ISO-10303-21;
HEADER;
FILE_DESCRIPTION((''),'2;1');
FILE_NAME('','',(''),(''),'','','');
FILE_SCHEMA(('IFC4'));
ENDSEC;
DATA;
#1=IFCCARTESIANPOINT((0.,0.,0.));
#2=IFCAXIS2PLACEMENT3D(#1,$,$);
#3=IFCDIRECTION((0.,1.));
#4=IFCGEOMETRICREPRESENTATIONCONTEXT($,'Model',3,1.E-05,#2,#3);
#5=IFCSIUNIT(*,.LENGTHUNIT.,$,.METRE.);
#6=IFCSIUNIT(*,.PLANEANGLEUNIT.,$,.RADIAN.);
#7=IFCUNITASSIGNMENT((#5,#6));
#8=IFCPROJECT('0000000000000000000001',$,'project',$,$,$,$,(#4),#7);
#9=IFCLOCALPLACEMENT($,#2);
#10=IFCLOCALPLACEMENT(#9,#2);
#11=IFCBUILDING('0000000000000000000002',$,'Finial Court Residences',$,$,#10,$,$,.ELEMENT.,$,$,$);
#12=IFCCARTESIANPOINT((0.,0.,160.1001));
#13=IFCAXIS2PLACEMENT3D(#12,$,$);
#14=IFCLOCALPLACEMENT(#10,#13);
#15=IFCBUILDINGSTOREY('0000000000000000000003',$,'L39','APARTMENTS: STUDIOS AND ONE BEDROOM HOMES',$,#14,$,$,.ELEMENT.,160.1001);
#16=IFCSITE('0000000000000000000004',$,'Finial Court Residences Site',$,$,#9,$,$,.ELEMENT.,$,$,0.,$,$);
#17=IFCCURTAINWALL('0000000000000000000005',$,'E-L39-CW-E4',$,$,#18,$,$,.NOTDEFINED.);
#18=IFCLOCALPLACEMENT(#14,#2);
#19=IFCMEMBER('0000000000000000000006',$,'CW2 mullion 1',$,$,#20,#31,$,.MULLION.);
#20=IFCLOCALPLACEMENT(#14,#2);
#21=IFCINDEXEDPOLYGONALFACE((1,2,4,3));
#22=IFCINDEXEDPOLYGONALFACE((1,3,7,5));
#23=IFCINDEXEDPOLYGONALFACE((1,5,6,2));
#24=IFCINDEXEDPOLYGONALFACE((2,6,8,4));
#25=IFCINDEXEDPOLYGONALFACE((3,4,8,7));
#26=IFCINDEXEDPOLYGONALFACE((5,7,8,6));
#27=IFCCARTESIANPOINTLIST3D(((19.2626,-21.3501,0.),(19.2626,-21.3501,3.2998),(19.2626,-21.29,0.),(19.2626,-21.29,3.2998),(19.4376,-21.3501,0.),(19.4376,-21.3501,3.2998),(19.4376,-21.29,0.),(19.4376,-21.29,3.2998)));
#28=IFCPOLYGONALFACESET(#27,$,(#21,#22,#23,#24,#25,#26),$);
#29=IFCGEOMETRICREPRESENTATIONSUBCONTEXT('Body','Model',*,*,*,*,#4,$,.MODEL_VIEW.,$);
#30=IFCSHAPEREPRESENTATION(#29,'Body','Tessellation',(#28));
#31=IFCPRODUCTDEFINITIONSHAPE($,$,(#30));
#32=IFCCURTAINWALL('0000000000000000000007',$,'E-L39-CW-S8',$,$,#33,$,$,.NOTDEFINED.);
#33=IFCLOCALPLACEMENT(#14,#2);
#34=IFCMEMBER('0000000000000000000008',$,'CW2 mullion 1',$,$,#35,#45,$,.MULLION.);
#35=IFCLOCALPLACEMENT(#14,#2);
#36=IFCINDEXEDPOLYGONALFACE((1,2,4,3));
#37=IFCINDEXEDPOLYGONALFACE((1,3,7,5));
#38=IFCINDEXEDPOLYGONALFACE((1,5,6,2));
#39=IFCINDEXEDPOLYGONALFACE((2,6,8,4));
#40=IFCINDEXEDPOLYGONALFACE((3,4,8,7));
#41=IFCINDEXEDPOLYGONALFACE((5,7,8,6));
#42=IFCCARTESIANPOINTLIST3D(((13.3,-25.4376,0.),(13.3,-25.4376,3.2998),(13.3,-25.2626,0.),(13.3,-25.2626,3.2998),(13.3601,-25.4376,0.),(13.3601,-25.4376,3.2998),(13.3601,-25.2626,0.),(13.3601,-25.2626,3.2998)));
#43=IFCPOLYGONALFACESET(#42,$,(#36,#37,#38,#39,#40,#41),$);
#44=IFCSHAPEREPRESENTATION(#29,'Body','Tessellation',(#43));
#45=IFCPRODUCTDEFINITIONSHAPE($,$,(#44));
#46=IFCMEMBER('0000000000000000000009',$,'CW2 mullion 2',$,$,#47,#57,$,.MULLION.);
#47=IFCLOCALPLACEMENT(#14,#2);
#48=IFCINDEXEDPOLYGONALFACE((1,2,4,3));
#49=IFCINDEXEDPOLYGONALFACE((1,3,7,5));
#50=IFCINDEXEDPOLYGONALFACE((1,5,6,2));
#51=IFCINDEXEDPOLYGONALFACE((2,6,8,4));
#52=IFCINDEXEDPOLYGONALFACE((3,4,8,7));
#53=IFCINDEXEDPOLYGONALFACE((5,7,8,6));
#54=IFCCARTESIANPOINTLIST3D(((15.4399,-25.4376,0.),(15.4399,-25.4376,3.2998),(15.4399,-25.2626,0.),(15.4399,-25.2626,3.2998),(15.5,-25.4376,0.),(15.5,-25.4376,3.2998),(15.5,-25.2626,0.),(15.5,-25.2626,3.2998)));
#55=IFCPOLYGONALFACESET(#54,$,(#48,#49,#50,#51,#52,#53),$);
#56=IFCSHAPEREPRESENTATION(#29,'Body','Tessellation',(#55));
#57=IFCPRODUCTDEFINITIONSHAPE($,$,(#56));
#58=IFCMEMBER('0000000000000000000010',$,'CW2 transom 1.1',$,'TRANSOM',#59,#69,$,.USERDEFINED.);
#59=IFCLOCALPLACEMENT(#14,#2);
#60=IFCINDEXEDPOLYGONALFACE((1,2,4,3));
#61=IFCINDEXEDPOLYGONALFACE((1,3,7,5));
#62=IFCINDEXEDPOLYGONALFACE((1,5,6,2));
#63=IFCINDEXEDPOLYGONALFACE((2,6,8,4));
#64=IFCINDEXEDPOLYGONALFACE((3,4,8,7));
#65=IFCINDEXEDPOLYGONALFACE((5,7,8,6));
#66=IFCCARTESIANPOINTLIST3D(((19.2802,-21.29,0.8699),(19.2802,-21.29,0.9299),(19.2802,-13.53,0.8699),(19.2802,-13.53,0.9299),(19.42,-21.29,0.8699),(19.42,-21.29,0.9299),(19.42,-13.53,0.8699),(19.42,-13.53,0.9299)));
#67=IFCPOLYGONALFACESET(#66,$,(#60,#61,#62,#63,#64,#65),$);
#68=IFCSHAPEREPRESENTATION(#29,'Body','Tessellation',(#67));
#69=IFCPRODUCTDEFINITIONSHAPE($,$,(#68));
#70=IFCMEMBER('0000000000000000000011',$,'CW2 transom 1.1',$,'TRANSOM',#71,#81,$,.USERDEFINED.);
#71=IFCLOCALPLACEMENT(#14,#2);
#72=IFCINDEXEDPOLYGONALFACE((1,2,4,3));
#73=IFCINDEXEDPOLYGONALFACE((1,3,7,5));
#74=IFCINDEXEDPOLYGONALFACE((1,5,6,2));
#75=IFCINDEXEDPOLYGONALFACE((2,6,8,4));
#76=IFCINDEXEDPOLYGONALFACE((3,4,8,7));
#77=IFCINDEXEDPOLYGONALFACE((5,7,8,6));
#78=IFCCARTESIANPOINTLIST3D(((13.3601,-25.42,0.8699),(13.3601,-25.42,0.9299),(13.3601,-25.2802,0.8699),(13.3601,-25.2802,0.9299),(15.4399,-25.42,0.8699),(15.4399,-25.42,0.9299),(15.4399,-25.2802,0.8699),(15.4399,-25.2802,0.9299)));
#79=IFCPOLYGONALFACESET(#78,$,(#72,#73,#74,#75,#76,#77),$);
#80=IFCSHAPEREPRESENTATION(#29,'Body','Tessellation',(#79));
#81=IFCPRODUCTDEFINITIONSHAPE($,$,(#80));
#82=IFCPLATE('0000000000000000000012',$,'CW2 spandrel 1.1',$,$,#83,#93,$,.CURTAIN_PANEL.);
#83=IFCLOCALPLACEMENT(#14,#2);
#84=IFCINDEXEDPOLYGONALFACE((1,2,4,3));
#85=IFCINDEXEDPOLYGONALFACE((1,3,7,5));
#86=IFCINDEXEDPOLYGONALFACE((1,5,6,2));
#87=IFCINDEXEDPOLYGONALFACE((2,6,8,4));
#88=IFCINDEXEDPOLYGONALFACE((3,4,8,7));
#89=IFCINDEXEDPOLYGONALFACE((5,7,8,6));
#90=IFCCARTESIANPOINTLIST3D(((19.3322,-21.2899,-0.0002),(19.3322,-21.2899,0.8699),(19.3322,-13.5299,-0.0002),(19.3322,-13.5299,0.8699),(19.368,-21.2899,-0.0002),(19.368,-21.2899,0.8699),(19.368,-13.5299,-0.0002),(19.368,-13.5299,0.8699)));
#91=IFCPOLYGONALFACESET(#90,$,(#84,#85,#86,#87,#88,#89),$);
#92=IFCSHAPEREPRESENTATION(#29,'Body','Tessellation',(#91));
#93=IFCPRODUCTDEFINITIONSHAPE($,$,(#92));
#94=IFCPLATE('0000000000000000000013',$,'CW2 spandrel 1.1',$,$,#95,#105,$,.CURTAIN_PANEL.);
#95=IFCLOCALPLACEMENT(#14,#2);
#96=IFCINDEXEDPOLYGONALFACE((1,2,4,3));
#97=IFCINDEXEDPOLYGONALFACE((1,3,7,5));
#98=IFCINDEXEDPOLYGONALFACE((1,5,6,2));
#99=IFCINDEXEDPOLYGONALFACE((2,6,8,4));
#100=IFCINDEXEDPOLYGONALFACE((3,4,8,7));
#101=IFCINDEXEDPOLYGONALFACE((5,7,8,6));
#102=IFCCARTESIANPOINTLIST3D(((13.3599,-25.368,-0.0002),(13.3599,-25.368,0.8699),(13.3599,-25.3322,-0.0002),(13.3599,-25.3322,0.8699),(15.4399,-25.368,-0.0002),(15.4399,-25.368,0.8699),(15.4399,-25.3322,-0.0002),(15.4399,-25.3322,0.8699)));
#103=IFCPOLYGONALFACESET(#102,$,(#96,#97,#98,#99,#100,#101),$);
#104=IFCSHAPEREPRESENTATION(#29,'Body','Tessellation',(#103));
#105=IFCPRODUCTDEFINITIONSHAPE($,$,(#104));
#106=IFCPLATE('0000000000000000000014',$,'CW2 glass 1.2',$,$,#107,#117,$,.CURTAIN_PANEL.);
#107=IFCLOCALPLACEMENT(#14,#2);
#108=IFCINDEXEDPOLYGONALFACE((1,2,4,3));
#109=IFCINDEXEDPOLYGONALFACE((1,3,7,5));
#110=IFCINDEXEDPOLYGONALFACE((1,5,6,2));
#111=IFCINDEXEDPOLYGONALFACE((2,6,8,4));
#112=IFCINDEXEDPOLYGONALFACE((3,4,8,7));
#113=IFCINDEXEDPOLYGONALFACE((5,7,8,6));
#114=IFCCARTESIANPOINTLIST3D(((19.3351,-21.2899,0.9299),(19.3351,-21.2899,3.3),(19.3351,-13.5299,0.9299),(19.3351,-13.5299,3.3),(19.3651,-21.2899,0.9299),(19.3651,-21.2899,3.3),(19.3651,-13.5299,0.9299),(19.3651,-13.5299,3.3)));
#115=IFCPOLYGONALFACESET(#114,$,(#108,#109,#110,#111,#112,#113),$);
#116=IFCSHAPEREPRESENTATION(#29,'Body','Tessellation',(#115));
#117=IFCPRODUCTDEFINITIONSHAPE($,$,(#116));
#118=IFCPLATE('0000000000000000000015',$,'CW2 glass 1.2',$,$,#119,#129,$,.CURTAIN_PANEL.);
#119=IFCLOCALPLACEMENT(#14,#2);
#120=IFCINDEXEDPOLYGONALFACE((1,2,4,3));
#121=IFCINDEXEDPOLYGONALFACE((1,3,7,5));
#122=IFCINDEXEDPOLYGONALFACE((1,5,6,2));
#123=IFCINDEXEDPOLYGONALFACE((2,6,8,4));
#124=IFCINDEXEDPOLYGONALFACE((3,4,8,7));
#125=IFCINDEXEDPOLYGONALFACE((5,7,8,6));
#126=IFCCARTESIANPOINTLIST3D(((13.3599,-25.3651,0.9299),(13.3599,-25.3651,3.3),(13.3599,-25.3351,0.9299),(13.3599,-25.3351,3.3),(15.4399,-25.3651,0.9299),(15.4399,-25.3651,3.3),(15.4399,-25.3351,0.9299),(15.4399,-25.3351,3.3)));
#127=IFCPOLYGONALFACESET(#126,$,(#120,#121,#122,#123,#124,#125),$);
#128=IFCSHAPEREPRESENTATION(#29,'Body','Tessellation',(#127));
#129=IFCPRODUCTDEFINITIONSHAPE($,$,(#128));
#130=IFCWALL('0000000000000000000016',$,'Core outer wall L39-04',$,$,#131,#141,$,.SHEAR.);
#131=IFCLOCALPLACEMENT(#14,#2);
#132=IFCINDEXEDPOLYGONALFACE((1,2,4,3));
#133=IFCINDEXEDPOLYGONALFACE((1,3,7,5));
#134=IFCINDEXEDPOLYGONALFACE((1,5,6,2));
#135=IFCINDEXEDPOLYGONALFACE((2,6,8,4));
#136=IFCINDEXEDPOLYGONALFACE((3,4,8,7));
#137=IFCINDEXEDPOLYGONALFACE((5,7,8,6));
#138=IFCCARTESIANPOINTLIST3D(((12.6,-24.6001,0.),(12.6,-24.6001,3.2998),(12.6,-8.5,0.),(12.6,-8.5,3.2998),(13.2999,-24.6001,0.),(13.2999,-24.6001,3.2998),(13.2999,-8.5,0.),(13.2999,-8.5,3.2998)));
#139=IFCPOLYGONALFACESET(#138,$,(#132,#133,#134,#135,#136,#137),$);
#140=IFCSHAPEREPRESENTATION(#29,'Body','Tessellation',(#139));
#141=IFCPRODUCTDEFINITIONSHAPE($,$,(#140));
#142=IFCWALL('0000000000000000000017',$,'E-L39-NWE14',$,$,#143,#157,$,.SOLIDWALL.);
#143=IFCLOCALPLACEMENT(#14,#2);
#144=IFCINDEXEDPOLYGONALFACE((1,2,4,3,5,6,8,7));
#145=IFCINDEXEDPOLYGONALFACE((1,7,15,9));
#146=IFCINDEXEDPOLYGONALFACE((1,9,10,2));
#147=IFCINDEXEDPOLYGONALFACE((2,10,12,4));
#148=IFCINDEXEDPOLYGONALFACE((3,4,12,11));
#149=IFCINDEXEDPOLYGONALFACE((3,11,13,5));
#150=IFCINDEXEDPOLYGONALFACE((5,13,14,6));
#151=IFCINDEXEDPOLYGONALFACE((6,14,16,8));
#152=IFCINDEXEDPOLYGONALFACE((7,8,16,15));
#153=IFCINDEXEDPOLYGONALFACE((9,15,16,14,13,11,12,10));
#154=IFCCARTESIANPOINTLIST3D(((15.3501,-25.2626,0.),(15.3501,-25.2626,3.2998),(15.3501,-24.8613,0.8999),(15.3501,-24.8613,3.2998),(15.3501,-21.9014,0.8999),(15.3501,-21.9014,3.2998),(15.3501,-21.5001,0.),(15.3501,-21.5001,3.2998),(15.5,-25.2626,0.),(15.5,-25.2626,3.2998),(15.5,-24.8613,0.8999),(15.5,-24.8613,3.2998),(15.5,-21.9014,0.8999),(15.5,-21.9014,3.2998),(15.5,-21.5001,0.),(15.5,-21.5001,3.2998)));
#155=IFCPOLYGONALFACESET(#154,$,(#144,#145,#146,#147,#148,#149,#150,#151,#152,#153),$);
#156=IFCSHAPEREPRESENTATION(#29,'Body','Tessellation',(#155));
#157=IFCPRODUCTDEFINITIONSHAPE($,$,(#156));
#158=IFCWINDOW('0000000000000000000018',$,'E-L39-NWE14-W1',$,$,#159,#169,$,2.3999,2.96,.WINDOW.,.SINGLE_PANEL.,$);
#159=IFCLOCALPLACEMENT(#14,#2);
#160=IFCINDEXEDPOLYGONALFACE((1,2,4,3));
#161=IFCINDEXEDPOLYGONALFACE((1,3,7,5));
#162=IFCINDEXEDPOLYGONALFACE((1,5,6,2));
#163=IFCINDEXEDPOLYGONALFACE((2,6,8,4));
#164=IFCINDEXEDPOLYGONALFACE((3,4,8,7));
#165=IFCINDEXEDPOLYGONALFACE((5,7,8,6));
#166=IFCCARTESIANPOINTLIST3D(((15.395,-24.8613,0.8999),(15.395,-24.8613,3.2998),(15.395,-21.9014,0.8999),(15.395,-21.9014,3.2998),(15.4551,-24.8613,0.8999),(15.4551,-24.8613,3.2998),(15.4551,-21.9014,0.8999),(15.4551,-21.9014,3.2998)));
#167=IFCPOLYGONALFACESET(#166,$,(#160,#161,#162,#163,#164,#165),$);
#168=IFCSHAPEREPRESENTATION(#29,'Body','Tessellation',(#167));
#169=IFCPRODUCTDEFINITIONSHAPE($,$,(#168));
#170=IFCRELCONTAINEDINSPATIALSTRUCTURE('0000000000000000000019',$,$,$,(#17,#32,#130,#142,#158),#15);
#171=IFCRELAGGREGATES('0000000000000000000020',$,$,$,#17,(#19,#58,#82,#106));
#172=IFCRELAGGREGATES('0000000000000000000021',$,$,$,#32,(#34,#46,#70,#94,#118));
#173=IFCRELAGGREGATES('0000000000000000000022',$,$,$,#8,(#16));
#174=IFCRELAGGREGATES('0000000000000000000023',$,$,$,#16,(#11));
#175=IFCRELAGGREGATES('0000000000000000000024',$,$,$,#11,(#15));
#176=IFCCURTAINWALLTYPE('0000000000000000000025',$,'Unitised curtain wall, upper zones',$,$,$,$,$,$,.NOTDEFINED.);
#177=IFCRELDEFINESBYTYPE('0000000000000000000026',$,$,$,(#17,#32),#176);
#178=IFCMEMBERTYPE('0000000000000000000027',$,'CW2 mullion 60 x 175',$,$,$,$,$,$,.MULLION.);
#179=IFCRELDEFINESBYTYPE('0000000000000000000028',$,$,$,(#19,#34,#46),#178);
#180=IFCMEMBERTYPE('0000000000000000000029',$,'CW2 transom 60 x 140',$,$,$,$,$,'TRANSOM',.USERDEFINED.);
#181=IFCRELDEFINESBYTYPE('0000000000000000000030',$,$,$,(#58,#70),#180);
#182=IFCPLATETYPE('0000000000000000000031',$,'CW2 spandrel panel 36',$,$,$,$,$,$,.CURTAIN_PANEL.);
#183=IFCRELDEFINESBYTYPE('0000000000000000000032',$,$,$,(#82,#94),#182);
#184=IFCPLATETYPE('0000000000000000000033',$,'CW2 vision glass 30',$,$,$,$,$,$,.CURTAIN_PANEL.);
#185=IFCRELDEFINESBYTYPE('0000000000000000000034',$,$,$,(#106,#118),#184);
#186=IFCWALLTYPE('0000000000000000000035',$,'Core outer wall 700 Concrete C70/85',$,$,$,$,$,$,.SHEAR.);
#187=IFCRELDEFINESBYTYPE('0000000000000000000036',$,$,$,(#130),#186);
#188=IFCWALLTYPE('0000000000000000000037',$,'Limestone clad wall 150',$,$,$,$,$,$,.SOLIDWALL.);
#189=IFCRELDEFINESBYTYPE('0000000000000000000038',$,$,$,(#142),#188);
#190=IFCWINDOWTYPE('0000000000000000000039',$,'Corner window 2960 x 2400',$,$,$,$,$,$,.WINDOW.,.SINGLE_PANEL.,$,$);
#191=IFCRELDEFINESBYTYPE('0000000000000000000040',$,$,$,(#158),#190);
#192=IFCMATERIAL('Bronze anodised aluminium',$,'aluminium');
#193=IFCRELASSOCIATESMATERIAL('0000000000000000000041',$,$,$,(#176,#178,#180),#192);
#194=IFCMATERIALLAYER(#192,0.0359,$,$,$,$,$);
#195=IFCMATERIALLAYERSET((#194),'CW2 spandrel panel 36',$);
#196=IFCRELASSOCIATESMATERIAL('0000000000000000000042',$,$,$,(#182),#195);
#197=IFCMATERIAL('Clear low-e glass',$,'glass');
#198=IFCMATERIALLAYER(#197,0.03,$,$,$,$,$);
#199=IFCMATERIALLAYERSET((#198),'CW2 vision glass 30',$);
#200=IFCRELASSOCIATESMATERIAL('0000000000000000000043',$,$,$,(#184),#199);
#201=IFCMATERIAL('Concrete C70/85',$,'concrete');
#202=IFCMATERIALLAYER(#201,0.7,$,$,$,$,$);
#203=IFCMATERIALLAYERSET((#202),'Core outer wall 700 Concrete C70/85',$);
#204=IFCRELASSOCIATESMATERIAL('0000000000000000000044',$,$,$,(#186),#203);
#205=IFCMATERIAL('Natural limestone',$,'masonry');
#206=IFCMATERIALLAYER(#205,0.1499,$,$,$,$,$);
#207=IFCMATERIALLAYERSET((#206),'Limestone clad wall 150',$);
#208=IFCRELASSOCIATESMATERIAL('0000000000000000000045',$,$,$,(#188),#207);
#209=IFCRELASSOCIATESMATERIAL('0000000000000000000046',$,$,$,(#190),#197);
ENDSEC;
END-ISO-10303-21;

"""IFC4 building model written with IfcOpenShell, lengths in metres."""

from ifc_helpers import new_model, si_unit, direction, frame, frame_2d, origin, origin_2d, place, context, subcontext, project, spatial, rectangle, extrude, material, layer, layer_set, material_profile, profile_set, type_object, element, fill, aggregate, save


model = new_model("IFC4")

# Units and contexts
model_context = context("Model", 3, precision=1e-05, world=origin(), true_north=direction((0.0, 1.0)))
body_context = subcontext(model_context, "Body", "Model", "MODEL_VIEW")
ifc_project = project(units=[si_unit("LENGTHUNIT", "METRE"), si_unit("PLANEANGLEUNIT", "RADIAN")], contexts=[model_context])

# Site, building, storey
site_placement = place(None, origin())
site = spatial("IfcSite", under=ifc_project, at=site_placement, Name="Finial Court Residences Site", CompositionType="ELEMENT", RefElevation=0.0)
building_placement = place(site_placement, origin())
building = spatial("IfcBuilding", under=site, at=building_placement, Name="Finial Court Residences", CompositionType="ELEMENT")
storey_placement = place(building_placement, frame((0.0, 0.0, 160.1001)))
storey = spatial("IfcBuildingStorey", under=building, at=storey_placement, Name="L39", Description="APARTMENTS: STUDIOS AND ONE BEDROOM HOMES", CompositionType="ELEMENT", Elevation=160.1001)

# Curtain wall, member
ifc_material_1 = material(Name="Bronze anodised aluminium", Category="aluminium")
curtain_wall_type = type_object("IfcCurtainWallType", Name="Unitised curtain wall, upper zones", PredefinedType="NOTDEFINED", material=ifc_material_1)
curtain_wall_1_placement = place(storey_placement, origin())
curtain_wall_1 = element("IfcCurtainWall", 1, at=curtain_wall_1_placement, inside=storey, type_object=curtain_wall_type, Name="E-L39-CW-E4", PredefinedType="NOTDEFINED")
ifc_material_profile_1 = material_profile(ifc_material_1, rectangle(XDim=0.175, YDim=0.0601, at=origin_2d()), Name="CW2 mullion 60 x 175")
ifc_profile_set_1 = profile_set([ifc_material_profile_1], Name="Bronze anodised aluminium")
member_type_1 = type_object("IfcMemberType", Name="CW2 mullion 60 x 175", PredefinedType="MULLION", material=ifc_profile_set_1)
member_1_placement = place(storey_placement, frame((19.3501, -21.3201, 0.0), z_axis=(0.0, 0.0, 1.0), x_axis=(-1.0, 0.0, 0.0)))
member_1 = element("IfcMember", 2, at=member_1_placement, type_object=member_type_1, Name="CW2 mullion 1", PredefinedType="MULLION", context=body_context, shape_type="SweptSolid", body=[
    extrude(rectangle(XDim=0.175, YDim=0.0601, at=origin_2d()), origin(), (0.0, 0.0, 1.0), 3.2998),
])

# Curtain wall, members
curtain_wall_2_placement = place(storey_placement, origin())
curtain_wall_2 = element("IfcCurtainWall", 3, at=curtain_wall_2_placement, inside=storey, type_object=curtain_wall_type, Name="E-L39-CW-S8", PredefinedType="NOTDEFINED")
member_2_placement = place(storey_placement, frame((13.3301, -25.3501, 0.0), z_axis=(0.0, 0.0, 1.0), x_axis=(0.0, 1.0, 0.0)))
member_2 = element("IfcMember", 4, at=member_2_placement, type_object=member_type_1, Name="CW2 mullion 1", PredefinedType="MULLION", context=body_context, shape_type="SweptSolid", body=[
    extrude(rectangle(XDim=0.175, YDim=0.0601, at=origin_2d()), origin(), (0.0, 0.0, 1.0), 3.2998),
])
member_3_placement = place(storey_placement, frame((15.47, -25.3501, 0.0), z_axis=(0.0, 0.0, 1.0), x_axis=(0.0, 1.0, 0.0)))
member_3 = element("IfcMember", 5, at=member_3_placement, type_object=member_type_1, Name="CW2 mullion 2", PredefinedType="MULLION", context=body_context, shape_type="SweptSolid", body=[
    extrude(rectangle(XDim=0.175, YDim=0.0601, at=origin_2d()), origin(), (0.0, 0.0, 1.0), 3.2998),
])

# Members
ifc_material_profile_2 = material_profile(ifc_material_1, rectangle(XDim=0.1399, YDim=0.0601, at=origin_2d()), Name="CW2 transom 60 x 140")
ifc_profile_set_2 = profile_set([ifc_material_profile_2], Name="Bronze anodised aluminium")
member_type_2 = type_object("IfcMemberType", Name="CW2 transom 60 x 140", ElementType="TRANSOM", PredefinedType="USERDEFINED", material=ifc_profile_set_2)
member_4_placement = place(storey_placement, frame((19.3501, -21.29, 0.8999), z_axis=(0.0, 1.0, 0.0), x_axis=(-1.0, 0.0, 0.0)))
member_4 = element("IfcMember", 6, at=member_4_placement, type_object=member_type_2, Name="CW2 transom 1.1", ObjectType="TRANSOM", PredefinedType="USERDEFINED", context=body_context, shape_type="SweptSolid", body=[
    extrude(rectangle(XDim=0.1399, YDim=0.0601, at=origin_2d()), origin(), (0.0, 0.0, 1.0), 7.76),
])
member_5_placement = place(storey_placement, frame((13.3601, -25.3501, 0.8999), z_axis=(1.0, 0.0, 0.0), x_axis=(0.0, 1.0, 0.0)))
member_5 = element("IfcMember", 7, at=member_5_placement, type_object=member_type_2, Name="CW2 transom 1.1", ObjectType="TRANSOM", PredefinedType="USERDEFINED", context=body_context, shape_type="SweptSolid", body=[
    extrude(rectangle(XDim=0.1399, YDim=0.0601, at=origin_2d()), origin(), (0.0, 0.0, 1.0), 2.0798),
])

# Plates
ifc_layer_1 = layer(ifc_material_1, 0.0359)
ifc_layer_set_1 = layer_set([ifc_layer_1], Name="CW2 spandrel panel 36")
plate_type_1 = type_object("IfcPlateType", Name="CW2 spandrel panel 36", PredefinedType="CURTAIN_PANEL", material=ifc_layer_set_1)
plate_1_placement = place(storey_placement, frame((19.3501, -17.4099, -0.0002), z_axis=(0.0, 0.0, 1.0), x_axis=(0.0, 1.0, 0.0)))
plate_1 = element("IfcPlate", 8, at=plate_1_placement, type_object=plate_type_1, Name="CW2 spandrel 1.1", PredefinedType="CURTAIN_PANEL", context=body_context, shape_type="SweptSolid", body=[
    extrude(rectangle(XDim=7.76, YDim=0.0359, at=origin_2d()), origin(), (0.0, 0.0, 1.0), 0.8701),
])
plate_2_placement = place(storey_placement, frame((14.3999, -25.3501, -0.0002), z_axis=(0.0, 0.0, 1.0), x_axis=(1.0, 0.0, 0.0)))
plate_2 = element("IfcPlate", 9, at=plate_2_placement, type_object=plate_type_1, Name="CW2 spandrel 1.1", PredefinedType="CURTAIN_PANEL", context=body_context, shape_type="SweptSolid", body=[
    extrude(rectangle(XDim=2.0801, YDim=0.0359, at=origin_2d()), origin(), (0.0, 0.0, 1.0), 0.8701),
])
ifc_material_2 = material(Name="Clear low-e glass", Category="glass")
ifc_layer_2 = layer(ifc_material_2, 0.03)
ifc_layer_set_2 = layer_set([ifc_layer_2], Name="CW2 vision glass 30")
plate_type_2 = type_object("IfcPlateType", Name="CW2 vision glass 30", PredefinedType="CURTAIN_PANEL", material=ifc_layer_set_2)
plate_3_placement = place(storey_placement, frame((19.3501, -17.4099, 0.9299), z_axis=(0.0, 0.0, 1.0), x_axis=(0.0, 1.0, 0.0)))
plate_3 = element("IfcPlate", 10, at=plate_3_placement, type_object=plate_type_2, Name="CW2 glass 1.2", PredefinedType="CURTAIN_PANEL", context=body_context, shape_type="SweptSolid", body=[
    extrude(rectangle(XDim=7.76, YDim=0.03, at=origin_2d()), origin(), (0.0, 0.0, 1.0), 2.3701),
])
aggregate(curtain_wall_1, [member_1, member_4, plate_1, plate_3])
plate_4_placement = place(storey_placement, frame((14.3999, -25.3501, 0.9299), z_axis=(0.0, 0.0, 1.0), x_axis=(1.0, 0.0, 0.0)))
plate_4 = element("IfcPlate", 11, at=plate_4_placement, type_object=plate_type_2, Name="CW2 glass 1.2", PredefinedType="CURTAIN_PANEL", context=body_context, shape_type="SweptSolid", body=[
    extrude(rectangle(XDim=2.0801, YDim=0.03, at=origin_2d()), origin(), (0.0, 0.0, 1.0), 2.3701),
])
aggregate(curtain_wall_2, [member_2, member_3, member_5, plate_2, plate_4])

# Wall
ifc_material_3 = material(Name="Concrete C70/85", Category="concrete")
ifc_layer_3 = layer(ifc_material_3, 0.7)
ifc_layer_set_3 = layer_set([ifc_layer_3], Name="Core outer wall 700 Concrete C70/85")
wall_type_1 = type_object("IfcWallType", Name="Core outer wall 700 Concrete C70/85", PredefinedType="SHEAR", material=ifc_layer_set_3)
wall_1_placement = place(storey_placement, frame((12.95, -24.6001, 0.0), z_axis=(0.0, 0.0, 1.0), x_axis=(0.0, 1.0, 0.0)))
element("IfcWall", 12, at=wall_1_placement, inside=storey, type_object=wall_type_1, Name="Core outer wall L39-04", PredefinedType="SHEAR", context=body_context, shape_type="SweptSolid", body=[
    extrude(rectangle(XDim=16.1001, YDim=0.7, at=frame_2d((8.05, 0.0))), origin(), (0.0, 0.0, 1.0), 3.2998),
])

# Wall, opening, window
ifc_material_4 = material(Name="Natural limestone", Category="masonry")
ifc_layer_4 = layer(ifc_material_4, 0.1499)
ifc_layer_set_4 = layer_set([ifc_layer_4], Name="Limestone clad wall 150")
wall_type_2 = type_object("IfcWallType", Name="Limestone clad wall 150", PredefinedType="SOLIDWALL", material=ifc_layer_set_4)
wall_2_placement = place(storey_placement, frame((15.425, -21.5, 0.0), z_axis=(0.0, 0.0, 1.0), x_axis=(0.0, -1.0, 0.0)))
wall_2 = element("IfcWall", 13, at=wall_2_placement, inside=storey, type_object=wall_type_2, Name="E-L39-NWE14", PredefinedType="SOLIDWALL", context=body_context, shape_type="SweptSolid", body=[
    extrude(rectangle(XDim=3.7625, YDim=0.1499, at=frame_2d((1.8813, 0.0))), origin(), (0.0, 0.0, 1.0), 3.2998),
])
opening_1_placement = place(wall_2_placement, frame((0.4014, 0.0, 0.8999)))
opening_1 = element("IfcOpeningElement", 14, at=opening_1_placement, cuts=wall_2, PredefinedType="OPENING", context=body_context, shape_type="SweptSolid", body=[
    extrude(rectangle(XDim=2.96, YDim=2.3999, at=frame_2d((1.48, 1.2))), frame((0.0, 0.085, 0.0), z_axis=(0.0, -1.0, 0.0), x_axis=(1.0, 0.0, 0.0)), (0.0, 0.0, 1.0), 0.1699),
])
window_type_1 = type_object("IfcWindowType", Name="Corner window 2960 x 2400", PartitioningType="SINGLE_PANEL", PredefinedType="WINDOW", material=ifc_material_2)
window_1_placement = place(opening_1_placement, origin())
window_1 = element("IfcWindow", 15, at=window_1_placement, inside=storey, type_object=window_type_1, Name="E-L39-NWE14-W1", OverallHeight=2.3999, OverallWidth=2.96, PartitioningType="SINGLE_PANEL", PredefinedType="WINDOW", context=body_context, shape_type="SweptSolid", body=[
    extrude(rectangle(XDim=2.96, YDim=2.3999, at=frame_2d((1.48, 1.2))), frame((0.0, 0.03, 0.0), z_axis=(0.0, -1.0, 0.0), x_axis=(1.0, 0.0, 0.0)), (0.0, 0.0, 1.0), 0.0601),
])
fill(opening_1, window_1)

save(model, "model.ifc")
